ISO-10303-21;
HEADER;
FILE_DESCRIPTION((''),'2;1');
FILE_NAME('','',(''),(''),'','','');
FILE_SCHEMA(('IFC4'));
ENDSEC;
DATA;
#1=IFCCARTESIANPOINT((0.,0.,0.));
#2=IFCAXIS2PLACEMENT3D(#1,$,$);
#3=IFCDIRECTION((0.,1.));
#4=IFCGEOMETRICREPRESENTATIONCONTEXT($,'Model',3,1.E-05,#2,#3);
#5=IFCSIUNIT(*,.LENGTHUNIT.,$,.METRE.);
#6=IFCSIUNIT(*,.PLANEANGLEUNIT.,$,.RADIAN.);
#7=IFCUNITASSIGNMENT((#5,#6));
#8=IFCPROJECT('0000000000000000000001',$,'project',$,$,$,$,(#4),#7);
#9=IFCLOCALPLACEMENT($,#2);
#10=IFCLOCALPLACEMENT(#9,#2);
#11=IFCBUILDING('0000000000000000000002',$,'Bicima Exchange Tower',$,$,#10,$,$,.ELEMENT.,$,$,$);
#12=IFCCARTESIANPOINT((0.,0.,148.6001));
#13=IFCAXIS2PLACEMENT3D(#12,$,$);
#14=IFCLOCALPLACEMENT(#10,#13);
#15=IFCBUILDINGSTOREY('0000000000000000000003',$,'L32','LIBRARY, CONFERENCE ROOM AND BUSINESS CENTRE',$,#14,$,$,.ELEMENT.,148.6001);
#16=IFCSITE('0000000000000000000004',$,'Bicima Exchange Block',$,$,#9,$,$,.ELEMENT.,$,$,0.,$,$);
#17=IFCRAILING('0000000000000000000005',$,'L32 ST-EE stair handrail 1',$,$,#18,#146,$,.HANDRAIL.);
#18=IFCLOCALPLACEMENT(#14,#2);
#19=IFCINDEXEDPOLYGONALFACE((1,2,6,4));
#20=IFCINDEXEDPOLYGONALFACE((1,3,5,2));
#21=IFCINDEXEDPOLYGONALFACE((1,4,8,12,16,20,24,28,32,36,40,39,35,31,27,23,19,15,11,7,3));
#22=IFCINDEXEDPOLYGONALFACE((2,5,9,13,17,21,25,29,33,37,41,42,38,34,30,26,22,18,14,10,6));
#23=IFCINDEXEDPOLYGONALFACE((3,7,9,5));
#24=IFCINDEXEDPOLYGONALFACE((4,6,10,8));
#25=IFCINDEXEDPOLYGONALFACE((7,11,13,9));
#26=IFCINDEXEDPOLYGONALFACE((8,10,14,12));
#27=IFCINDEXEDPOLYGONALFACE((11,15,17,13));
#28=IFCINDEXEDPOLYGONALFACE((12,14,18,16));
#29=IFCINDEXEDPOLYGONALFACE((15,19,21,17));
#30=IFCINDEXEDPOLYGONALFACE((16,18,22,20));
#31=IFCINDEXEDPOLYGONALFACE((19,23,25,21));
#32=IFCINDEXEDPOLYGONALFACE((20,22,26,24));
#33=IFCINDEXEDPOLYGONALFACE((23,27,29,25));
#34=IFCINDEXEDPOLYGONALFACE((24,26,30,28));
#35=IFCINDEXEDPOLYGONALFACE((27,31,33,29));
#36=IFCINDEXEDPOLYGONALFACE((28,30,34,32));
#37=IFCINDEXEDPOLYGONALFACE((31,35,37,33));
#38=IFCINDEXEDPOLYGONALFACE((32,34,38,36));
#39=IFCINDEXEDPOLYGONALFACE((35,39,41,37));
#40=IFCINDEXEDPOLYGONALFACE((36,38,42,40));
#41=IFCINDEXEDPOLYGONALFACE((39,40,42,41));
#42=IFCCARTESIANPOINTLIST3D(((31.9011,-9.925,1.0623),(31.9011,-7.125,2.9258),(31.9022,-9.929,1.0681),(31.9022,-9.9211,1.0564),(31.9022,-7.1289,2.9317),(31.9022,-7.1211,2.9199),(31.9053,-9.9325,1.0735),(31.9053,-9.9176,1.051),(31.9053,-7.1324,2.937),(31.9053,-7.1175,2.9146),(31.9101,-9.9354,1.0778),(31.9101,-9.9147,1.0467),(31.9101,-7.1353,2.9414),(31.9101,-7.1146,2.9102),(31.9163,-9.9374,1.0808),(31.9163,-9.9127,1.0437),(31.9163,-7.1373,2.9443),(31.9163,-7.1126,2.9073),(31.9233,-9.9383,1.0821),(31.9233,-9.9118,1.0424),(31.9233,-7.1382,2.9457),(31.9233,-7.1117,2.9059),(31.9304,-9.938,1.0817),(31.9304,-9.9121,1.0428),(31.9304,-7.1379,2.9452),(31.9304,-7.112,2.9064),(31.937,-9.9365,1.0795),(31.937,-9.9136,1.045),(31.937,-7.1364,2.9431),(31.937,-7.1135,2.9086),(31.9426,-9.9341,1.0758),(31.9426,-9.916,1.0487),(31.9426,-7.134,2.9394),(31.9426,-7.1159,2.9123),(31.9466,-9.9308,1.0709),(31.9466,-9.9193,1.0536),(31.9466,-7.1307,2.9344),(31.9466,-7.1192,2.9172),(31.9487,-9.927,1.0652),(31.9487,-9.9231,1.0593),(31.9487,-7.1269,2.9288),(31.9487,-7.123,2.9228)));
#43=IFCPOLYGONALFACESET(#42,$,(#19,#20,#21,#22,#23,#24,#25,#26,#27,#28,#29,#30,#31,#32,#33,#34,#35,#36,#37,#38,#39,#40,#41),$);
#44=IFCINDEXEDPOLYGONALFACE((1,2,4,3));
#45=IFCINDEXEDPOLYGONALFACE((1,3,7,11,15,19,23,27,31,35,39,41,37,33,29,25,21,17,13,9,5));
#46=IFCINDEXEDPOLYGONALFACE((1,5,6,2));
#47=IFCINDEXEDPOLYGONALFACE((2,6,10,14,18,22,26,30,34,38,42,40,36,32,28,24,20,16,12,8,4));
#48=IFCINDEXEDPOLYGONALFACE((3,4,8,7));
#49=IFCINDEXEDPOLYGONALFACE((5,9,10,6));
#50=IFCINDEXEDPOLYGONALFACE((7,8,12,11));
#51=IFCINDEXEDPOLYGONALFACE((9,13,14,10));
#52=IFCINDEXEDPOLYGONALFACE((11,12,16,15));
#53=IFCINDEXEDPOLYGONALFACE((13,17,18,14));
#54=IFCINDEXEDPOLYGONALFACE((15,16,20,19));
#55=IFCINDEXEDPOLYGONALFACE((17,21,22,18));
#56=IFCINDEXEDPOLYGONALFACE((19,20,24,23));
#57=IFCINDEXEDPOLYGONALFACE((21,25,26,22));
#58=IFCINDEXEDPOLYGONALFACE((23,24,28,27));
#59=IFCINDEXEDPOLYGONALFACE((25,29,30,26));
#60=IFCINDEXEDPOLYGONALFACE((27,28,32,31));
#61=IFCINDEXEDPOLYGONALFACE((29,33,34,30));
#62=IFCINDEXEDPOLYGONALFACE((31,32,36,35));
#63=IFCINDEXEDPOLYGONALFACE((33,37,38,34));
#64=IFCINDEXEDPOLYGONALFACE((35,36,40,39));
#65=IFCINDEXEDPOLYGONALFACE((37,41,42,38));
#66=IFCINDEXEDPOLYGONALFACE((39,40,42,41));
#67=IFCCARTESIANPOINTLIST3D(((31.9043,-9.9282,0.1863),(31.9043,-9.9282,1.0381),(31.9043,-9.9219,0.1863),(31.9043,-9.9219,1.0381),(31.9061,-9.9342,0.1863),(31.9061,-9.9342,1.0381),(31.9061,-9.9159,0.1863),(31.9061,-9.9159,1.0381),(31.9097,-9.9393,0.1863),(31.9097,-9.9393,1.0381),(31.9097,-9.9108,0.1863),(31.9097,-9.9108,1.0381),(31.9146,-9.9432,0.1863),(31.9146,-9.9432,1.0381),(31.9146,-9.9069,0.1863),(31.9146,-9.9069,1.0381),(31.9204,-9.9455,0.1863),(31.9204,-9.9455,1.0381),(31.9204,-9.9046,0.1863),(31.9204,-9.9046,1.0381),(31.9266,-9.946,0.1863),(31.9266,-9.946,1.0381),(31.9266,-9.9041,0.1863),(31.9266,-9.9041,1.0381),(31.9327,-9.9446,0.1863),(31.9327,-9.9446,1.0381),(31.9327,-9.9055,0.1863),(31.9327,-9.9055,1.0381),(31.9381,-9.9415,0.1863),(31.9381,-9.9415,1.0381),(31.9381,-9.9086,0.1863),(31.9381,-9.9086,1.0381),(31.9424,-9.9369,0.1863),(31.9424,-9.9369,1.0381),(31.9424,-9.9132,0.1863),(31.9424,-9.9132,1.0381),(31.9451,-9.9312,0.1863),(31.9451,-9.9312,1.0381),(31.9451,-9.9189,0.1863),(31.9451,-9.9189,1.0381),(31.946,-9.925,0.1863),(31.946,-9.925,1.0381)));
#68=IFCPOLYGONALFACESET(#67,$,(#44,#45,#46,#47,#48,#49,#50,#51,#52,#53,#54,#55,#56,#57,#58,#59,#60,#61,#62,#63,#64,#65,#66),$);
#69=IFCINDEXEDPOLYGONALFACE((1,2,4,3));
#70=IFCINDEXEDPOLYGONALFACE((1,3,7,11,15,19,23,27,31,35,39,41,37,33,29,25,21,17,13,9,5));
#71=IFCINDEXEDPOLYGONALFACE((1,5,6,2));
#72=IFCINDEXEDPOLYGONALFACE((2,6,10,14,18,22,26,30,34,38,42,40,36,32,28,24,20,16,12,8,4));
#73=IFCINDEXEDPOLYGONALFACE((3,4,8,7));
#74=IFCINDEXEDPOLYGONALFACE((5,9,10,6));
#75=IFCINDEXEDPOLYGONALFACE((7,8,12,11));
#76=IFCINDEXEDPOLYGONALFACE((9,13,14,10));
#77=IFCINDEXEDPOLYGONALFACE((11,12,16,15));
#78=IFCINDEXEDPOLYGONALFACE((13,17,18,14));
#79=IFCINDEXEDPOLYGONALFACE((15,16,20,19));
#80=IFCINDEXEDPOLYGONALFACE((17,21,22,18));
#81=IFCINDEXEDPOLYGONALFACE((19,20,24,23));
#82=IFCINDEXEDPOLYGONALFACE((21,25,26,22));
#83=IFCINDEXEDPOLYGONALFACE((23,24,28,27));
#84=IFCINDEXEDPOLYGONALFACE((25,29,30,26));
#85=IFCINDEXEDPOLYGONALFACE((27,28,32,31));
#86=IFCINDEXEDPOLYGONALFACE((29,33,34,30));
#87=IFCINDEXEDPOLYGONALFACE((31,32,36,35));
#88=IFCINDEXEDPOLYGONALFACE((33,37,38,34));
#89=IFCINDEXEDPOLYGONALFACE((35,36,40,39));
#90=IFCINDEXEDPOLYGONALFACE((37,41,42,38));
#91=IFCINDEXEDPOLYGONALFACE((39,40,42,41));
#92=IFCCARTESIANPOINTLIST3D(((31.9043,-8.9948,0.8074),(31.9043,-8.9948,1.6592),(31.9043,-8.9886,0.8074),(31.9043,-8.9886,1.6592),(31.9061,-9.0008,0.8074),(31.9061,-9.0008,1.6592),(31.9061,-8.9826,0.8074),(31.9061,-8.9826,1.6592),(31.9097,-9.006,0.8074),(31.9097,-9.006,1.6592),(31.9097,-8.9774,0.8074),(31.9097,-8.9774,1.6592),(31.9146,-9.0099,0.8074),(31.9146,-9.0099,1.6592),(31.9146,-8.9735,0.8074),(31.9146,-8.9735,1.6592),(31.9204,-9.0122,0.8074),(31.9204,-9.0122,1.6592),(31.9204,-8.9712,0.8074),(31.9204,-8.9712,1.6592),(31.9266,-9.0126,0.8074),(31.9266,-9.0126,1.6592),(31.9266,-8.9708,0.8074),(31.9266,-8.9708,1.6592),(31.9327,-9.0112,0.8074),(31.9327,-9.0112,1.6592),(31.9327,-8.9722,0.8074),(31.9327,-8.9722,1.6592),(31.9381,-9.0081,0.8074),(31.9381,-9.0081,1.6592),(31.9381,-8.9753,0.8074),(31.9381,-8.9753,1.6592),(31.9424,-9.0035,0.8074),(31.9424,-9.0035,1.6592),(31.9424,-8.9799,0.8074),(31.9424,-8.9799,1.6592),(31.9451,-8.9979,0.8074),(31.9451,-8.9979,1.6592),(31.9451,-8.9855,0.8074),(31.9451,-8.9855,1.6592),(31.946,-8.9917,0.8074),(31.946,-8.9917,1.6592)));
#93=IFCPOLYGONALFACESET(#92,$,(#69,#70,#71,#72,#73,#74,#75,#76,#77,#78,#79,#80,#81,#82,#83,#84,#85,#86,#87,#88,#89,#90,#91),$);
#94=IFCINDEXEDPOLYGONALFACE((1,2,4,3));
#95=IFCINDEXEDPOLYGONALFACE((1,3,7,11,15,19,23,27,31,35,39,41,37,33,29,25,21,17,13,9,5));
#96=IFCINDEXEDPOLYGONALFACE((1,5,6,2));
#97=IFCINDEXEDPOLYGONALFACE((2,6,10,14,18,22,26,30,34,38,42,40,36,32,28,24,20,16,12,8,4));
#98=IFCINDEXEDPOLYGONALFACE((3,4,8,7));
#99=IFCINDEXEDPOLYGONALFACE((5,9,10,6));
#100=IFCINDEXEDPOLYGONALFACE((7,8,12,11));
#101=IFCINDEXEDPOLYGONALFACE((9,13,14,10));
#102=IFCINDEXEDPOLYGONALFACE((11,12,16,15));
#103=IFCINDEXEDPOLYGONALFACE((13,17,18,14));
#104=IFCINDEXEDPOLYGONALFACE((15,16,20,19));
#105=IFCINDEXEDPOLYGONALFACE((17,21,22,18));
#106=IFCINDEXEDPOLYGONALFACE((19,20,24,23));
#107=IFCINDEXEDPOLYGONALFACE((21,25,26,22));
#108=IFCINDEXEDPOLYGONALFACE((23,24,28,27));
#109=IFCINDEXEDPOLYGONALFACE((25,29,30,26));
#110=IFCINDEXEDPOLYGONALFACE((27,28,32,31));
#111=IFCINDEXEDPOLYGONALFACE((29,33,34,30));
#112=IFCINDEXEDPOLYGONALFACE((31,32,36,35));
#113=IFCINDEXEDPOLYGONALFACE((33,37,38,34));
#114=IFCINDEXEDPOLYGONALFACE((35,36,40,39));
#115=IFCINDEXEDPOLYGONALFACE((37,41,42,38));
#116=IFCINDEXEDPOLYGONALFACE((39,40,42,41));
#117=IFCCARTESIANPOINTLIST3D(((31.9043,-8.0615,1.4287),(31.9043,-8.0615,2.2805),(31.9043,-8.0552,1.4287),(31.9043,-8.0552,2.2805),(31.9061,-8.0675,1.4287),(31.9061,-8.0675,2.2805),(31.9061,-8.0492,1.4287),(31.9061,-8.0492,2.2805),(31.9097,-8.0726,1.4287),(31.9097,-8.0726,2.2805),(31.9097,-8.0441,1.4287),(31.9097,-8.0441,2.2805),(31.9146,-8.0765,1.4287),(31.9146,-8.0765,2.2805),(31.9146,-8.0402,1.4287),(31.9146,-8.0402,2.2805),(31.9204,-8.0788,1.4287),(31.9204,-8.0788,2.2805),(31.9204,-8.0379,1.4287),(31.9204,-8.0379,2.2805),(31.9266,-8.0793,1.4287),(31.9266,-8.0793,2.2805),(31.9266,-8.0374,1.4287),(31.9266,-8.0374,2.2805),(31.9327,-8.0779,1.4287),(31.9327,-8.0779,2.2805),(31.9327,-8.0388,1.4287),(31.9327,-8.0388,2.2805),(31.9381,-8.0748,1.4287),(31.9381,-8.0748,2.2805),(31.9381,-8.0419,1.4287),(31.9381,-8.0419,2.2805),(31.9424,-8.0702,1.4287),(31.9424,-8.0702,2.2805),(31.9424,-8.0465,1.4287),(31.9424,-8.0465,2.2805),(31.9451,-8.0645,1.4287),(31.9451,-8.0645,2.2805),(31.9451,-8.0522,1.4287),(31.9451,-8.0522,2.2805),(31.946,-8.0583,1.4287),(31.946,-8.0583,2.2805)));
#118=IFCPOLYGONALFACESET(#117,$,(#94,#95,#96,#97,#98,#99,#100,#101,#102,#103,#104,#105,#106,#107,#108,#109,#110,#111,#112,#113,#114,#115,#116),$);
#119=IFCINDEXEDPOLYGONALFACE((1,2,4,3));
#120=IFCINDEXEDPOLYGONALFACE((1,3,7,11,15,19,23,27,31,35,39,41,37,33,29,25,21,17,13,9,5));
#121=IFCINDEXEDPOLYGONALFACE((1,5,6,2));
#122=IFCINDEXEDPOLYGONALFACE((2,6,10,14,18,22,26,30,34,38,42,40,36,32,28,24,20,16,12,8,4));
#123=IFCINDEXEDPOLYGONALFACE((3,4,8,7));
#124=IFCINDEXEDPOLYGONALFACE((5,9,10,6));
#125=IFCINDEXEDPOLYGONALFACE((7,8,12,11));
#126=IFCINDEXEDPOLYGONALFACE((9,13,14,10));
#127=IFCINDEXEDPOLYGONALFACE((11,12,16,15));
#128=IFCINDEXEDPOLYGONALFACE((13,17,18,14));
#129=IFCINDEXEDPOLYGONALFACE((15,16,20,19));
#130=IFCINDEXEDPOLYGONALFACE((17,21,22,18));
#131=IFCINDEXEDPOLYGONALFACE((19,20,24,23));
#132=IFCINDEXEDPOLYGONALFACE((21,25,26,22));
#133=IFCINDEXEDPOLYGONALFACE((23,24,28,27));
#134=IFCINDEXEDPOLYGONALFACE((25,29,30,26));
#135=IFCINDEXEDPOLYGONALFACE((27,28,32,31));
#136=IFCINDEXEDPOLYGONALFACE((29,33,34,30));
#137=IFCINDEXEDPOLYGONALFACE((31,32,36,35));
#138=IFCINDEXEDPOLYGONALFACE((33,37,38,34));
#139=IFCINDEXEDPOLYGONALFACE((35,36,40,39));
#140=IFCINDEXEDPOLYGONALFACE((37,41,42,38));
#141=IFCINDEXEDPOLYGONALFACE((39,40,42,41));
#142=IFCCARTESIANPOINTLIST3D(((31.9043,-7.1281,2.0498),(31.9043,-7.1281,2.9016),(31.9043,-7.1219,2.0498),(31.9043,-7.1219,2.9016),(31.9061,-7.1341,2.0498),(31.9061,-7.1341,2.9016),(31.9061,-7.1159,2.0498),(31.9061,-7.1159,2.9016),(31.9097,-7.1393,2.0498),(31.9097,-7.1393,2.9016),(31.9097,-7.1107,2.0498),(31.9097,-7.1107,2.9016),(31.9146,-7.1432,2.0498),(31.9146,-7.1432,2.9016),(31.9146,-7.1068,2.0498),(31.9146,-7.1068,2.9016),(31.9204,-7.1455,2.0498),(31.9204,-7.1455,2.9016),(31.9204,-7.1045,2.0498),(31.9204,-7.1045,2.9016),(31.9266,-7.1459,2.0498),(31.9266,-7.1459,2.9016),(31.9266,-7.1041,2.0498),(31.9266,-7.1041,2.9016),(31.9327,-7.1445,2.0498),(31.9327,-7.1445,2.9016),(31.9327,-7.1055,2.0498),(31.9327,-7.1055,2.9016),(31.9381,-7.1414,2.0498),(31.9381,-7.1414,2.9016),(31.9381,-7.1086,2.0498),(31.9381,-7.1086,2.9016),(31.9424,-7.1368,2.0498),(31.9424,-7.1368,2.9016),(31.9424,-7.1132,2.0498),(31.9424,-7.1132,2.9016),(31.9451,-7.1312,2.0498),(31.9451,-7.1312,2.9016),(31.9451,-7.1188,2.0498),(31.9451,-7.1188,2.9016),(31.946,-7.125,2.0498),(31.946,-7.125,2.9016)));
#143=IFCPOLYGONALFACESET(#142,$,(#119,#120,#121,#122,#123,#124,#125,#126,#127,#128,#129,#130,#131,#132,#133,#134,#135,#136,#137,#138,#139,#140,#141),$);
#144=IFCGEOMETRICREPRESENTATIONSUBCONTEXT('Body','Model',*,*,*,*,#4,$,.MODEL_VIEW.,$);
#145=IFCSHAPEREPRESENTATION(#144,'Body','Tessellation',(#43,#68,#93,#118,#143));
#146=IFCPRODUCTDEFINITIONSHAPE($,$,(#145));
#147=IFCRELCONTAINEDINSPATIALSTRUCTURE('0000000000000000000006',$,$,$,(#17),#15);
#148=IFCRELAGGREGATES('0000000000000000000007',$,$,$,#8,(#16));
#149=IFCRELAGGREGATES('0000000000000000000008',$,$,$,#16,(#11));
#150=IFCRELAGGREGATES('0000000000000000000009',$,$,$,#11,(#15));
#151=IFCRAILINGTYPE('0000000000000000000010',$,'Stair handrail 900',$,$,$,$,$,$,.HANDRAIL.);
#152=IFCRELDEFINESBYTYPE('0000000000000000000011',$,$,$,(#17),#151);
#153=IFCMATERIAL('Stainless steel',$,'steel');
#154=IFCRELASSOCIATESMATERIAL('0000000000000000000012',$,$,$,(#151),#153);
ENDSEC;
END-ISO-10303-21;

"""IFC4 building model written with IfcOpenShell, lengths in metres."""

from ifc_helpers import new_model, si_unit, direction, frame, origin, origin_2d, place, context, subcontext, project, spatial, circle, extrude, material, type_object, element, save


model = new_model("IFC4")

# Units and contexts
model_context = context("Model", 3, precision=1e-05, world=origin(), true_north=direction((0.0, 1.0)))
body_context = subcontext(model_context, "Body", "Model", "MODEL_VIEW")
ifc_project = project(units=[si_unit("LENGTHUNIT", "METRE"), si_unit("PLANEANGLEUNIT", "RADIAN")], contexts=[model_context])

# Site, building, storey
site_placement = place(None, origin())
site = spatial("IfcSite", under=ifc_project, at=site_placement, Name="Bicima Exchange Block", CompositionType="ELEMENT", RefElevation=0.0)
building_placement = place(site_placement, origin())
building = spatial("IfcBuilding", under=site, at=building_placement, Name="Bicima Exchange Tower", CompositionType="ELEMENT")
storey_placement = place(building_placement, frame((0.0, 0.0, 148.6001)))
storey = spatial("IfcBuildingStorey", under=building, at=storey_placement, Name="L32", Description="LIBRARY, CONFERENCE ROOM AND BUSINESS CENTRE", CompositionType="ELEMENT", Elevation=148.6001)

# Railing
ifc_material_1 = material(Name="Stainless steel", Category="steel")
railing_type_1 = type_object("IfcRailingType", Name="Stair handrail 900", PredefinedType="HANDRAIL", material=ifc_material_1)
railing_1_placement = place(storey_placement, frame((31.925, -9.925, 0.1863)))
element("IfcRailing", 1, at=railing_1_placement, inside=storey, type_object=railing_type_1, Name="L32 ST-EE stair handrail 1", PredefinedType="HANDRAIL", context=body_context, shape_type="SweptSolid", body=[
    extrude(circle(Radius=0.0239, at=origin_2d()), frame((0.0, 0.0, 0.876), z_axis=(0.0, 0.832486, 0.554047), x_axis=(-1.0, 0.0, 0.0)), (0.0, 0.0, 1.0), 3.3635),
    extrude(circle(Radius=0.021, at=origin_2d()), origin(), (0.0, 0.0, 1.0), 0.8518),
    extrude(circle(Radius=0.021, at=origin_2d()), frame((0.0, 0.9333, 0.6211)), (0.0, 0.0, 1.0), 0.8518),
    extrude(circle(Radius=0.021, at=origin_2d()), frame((0.0, 1.8667, 1.2424)), (0.0, 0.0, 1.0), 0.8518),
    extrude(circle(Radius=0.021, at=origin_2d()), frame((0.0, 2.8, 1.8635)), (0.0, 0.0, 1.0), 0.8518),
])

save(model, "model.ifc")
